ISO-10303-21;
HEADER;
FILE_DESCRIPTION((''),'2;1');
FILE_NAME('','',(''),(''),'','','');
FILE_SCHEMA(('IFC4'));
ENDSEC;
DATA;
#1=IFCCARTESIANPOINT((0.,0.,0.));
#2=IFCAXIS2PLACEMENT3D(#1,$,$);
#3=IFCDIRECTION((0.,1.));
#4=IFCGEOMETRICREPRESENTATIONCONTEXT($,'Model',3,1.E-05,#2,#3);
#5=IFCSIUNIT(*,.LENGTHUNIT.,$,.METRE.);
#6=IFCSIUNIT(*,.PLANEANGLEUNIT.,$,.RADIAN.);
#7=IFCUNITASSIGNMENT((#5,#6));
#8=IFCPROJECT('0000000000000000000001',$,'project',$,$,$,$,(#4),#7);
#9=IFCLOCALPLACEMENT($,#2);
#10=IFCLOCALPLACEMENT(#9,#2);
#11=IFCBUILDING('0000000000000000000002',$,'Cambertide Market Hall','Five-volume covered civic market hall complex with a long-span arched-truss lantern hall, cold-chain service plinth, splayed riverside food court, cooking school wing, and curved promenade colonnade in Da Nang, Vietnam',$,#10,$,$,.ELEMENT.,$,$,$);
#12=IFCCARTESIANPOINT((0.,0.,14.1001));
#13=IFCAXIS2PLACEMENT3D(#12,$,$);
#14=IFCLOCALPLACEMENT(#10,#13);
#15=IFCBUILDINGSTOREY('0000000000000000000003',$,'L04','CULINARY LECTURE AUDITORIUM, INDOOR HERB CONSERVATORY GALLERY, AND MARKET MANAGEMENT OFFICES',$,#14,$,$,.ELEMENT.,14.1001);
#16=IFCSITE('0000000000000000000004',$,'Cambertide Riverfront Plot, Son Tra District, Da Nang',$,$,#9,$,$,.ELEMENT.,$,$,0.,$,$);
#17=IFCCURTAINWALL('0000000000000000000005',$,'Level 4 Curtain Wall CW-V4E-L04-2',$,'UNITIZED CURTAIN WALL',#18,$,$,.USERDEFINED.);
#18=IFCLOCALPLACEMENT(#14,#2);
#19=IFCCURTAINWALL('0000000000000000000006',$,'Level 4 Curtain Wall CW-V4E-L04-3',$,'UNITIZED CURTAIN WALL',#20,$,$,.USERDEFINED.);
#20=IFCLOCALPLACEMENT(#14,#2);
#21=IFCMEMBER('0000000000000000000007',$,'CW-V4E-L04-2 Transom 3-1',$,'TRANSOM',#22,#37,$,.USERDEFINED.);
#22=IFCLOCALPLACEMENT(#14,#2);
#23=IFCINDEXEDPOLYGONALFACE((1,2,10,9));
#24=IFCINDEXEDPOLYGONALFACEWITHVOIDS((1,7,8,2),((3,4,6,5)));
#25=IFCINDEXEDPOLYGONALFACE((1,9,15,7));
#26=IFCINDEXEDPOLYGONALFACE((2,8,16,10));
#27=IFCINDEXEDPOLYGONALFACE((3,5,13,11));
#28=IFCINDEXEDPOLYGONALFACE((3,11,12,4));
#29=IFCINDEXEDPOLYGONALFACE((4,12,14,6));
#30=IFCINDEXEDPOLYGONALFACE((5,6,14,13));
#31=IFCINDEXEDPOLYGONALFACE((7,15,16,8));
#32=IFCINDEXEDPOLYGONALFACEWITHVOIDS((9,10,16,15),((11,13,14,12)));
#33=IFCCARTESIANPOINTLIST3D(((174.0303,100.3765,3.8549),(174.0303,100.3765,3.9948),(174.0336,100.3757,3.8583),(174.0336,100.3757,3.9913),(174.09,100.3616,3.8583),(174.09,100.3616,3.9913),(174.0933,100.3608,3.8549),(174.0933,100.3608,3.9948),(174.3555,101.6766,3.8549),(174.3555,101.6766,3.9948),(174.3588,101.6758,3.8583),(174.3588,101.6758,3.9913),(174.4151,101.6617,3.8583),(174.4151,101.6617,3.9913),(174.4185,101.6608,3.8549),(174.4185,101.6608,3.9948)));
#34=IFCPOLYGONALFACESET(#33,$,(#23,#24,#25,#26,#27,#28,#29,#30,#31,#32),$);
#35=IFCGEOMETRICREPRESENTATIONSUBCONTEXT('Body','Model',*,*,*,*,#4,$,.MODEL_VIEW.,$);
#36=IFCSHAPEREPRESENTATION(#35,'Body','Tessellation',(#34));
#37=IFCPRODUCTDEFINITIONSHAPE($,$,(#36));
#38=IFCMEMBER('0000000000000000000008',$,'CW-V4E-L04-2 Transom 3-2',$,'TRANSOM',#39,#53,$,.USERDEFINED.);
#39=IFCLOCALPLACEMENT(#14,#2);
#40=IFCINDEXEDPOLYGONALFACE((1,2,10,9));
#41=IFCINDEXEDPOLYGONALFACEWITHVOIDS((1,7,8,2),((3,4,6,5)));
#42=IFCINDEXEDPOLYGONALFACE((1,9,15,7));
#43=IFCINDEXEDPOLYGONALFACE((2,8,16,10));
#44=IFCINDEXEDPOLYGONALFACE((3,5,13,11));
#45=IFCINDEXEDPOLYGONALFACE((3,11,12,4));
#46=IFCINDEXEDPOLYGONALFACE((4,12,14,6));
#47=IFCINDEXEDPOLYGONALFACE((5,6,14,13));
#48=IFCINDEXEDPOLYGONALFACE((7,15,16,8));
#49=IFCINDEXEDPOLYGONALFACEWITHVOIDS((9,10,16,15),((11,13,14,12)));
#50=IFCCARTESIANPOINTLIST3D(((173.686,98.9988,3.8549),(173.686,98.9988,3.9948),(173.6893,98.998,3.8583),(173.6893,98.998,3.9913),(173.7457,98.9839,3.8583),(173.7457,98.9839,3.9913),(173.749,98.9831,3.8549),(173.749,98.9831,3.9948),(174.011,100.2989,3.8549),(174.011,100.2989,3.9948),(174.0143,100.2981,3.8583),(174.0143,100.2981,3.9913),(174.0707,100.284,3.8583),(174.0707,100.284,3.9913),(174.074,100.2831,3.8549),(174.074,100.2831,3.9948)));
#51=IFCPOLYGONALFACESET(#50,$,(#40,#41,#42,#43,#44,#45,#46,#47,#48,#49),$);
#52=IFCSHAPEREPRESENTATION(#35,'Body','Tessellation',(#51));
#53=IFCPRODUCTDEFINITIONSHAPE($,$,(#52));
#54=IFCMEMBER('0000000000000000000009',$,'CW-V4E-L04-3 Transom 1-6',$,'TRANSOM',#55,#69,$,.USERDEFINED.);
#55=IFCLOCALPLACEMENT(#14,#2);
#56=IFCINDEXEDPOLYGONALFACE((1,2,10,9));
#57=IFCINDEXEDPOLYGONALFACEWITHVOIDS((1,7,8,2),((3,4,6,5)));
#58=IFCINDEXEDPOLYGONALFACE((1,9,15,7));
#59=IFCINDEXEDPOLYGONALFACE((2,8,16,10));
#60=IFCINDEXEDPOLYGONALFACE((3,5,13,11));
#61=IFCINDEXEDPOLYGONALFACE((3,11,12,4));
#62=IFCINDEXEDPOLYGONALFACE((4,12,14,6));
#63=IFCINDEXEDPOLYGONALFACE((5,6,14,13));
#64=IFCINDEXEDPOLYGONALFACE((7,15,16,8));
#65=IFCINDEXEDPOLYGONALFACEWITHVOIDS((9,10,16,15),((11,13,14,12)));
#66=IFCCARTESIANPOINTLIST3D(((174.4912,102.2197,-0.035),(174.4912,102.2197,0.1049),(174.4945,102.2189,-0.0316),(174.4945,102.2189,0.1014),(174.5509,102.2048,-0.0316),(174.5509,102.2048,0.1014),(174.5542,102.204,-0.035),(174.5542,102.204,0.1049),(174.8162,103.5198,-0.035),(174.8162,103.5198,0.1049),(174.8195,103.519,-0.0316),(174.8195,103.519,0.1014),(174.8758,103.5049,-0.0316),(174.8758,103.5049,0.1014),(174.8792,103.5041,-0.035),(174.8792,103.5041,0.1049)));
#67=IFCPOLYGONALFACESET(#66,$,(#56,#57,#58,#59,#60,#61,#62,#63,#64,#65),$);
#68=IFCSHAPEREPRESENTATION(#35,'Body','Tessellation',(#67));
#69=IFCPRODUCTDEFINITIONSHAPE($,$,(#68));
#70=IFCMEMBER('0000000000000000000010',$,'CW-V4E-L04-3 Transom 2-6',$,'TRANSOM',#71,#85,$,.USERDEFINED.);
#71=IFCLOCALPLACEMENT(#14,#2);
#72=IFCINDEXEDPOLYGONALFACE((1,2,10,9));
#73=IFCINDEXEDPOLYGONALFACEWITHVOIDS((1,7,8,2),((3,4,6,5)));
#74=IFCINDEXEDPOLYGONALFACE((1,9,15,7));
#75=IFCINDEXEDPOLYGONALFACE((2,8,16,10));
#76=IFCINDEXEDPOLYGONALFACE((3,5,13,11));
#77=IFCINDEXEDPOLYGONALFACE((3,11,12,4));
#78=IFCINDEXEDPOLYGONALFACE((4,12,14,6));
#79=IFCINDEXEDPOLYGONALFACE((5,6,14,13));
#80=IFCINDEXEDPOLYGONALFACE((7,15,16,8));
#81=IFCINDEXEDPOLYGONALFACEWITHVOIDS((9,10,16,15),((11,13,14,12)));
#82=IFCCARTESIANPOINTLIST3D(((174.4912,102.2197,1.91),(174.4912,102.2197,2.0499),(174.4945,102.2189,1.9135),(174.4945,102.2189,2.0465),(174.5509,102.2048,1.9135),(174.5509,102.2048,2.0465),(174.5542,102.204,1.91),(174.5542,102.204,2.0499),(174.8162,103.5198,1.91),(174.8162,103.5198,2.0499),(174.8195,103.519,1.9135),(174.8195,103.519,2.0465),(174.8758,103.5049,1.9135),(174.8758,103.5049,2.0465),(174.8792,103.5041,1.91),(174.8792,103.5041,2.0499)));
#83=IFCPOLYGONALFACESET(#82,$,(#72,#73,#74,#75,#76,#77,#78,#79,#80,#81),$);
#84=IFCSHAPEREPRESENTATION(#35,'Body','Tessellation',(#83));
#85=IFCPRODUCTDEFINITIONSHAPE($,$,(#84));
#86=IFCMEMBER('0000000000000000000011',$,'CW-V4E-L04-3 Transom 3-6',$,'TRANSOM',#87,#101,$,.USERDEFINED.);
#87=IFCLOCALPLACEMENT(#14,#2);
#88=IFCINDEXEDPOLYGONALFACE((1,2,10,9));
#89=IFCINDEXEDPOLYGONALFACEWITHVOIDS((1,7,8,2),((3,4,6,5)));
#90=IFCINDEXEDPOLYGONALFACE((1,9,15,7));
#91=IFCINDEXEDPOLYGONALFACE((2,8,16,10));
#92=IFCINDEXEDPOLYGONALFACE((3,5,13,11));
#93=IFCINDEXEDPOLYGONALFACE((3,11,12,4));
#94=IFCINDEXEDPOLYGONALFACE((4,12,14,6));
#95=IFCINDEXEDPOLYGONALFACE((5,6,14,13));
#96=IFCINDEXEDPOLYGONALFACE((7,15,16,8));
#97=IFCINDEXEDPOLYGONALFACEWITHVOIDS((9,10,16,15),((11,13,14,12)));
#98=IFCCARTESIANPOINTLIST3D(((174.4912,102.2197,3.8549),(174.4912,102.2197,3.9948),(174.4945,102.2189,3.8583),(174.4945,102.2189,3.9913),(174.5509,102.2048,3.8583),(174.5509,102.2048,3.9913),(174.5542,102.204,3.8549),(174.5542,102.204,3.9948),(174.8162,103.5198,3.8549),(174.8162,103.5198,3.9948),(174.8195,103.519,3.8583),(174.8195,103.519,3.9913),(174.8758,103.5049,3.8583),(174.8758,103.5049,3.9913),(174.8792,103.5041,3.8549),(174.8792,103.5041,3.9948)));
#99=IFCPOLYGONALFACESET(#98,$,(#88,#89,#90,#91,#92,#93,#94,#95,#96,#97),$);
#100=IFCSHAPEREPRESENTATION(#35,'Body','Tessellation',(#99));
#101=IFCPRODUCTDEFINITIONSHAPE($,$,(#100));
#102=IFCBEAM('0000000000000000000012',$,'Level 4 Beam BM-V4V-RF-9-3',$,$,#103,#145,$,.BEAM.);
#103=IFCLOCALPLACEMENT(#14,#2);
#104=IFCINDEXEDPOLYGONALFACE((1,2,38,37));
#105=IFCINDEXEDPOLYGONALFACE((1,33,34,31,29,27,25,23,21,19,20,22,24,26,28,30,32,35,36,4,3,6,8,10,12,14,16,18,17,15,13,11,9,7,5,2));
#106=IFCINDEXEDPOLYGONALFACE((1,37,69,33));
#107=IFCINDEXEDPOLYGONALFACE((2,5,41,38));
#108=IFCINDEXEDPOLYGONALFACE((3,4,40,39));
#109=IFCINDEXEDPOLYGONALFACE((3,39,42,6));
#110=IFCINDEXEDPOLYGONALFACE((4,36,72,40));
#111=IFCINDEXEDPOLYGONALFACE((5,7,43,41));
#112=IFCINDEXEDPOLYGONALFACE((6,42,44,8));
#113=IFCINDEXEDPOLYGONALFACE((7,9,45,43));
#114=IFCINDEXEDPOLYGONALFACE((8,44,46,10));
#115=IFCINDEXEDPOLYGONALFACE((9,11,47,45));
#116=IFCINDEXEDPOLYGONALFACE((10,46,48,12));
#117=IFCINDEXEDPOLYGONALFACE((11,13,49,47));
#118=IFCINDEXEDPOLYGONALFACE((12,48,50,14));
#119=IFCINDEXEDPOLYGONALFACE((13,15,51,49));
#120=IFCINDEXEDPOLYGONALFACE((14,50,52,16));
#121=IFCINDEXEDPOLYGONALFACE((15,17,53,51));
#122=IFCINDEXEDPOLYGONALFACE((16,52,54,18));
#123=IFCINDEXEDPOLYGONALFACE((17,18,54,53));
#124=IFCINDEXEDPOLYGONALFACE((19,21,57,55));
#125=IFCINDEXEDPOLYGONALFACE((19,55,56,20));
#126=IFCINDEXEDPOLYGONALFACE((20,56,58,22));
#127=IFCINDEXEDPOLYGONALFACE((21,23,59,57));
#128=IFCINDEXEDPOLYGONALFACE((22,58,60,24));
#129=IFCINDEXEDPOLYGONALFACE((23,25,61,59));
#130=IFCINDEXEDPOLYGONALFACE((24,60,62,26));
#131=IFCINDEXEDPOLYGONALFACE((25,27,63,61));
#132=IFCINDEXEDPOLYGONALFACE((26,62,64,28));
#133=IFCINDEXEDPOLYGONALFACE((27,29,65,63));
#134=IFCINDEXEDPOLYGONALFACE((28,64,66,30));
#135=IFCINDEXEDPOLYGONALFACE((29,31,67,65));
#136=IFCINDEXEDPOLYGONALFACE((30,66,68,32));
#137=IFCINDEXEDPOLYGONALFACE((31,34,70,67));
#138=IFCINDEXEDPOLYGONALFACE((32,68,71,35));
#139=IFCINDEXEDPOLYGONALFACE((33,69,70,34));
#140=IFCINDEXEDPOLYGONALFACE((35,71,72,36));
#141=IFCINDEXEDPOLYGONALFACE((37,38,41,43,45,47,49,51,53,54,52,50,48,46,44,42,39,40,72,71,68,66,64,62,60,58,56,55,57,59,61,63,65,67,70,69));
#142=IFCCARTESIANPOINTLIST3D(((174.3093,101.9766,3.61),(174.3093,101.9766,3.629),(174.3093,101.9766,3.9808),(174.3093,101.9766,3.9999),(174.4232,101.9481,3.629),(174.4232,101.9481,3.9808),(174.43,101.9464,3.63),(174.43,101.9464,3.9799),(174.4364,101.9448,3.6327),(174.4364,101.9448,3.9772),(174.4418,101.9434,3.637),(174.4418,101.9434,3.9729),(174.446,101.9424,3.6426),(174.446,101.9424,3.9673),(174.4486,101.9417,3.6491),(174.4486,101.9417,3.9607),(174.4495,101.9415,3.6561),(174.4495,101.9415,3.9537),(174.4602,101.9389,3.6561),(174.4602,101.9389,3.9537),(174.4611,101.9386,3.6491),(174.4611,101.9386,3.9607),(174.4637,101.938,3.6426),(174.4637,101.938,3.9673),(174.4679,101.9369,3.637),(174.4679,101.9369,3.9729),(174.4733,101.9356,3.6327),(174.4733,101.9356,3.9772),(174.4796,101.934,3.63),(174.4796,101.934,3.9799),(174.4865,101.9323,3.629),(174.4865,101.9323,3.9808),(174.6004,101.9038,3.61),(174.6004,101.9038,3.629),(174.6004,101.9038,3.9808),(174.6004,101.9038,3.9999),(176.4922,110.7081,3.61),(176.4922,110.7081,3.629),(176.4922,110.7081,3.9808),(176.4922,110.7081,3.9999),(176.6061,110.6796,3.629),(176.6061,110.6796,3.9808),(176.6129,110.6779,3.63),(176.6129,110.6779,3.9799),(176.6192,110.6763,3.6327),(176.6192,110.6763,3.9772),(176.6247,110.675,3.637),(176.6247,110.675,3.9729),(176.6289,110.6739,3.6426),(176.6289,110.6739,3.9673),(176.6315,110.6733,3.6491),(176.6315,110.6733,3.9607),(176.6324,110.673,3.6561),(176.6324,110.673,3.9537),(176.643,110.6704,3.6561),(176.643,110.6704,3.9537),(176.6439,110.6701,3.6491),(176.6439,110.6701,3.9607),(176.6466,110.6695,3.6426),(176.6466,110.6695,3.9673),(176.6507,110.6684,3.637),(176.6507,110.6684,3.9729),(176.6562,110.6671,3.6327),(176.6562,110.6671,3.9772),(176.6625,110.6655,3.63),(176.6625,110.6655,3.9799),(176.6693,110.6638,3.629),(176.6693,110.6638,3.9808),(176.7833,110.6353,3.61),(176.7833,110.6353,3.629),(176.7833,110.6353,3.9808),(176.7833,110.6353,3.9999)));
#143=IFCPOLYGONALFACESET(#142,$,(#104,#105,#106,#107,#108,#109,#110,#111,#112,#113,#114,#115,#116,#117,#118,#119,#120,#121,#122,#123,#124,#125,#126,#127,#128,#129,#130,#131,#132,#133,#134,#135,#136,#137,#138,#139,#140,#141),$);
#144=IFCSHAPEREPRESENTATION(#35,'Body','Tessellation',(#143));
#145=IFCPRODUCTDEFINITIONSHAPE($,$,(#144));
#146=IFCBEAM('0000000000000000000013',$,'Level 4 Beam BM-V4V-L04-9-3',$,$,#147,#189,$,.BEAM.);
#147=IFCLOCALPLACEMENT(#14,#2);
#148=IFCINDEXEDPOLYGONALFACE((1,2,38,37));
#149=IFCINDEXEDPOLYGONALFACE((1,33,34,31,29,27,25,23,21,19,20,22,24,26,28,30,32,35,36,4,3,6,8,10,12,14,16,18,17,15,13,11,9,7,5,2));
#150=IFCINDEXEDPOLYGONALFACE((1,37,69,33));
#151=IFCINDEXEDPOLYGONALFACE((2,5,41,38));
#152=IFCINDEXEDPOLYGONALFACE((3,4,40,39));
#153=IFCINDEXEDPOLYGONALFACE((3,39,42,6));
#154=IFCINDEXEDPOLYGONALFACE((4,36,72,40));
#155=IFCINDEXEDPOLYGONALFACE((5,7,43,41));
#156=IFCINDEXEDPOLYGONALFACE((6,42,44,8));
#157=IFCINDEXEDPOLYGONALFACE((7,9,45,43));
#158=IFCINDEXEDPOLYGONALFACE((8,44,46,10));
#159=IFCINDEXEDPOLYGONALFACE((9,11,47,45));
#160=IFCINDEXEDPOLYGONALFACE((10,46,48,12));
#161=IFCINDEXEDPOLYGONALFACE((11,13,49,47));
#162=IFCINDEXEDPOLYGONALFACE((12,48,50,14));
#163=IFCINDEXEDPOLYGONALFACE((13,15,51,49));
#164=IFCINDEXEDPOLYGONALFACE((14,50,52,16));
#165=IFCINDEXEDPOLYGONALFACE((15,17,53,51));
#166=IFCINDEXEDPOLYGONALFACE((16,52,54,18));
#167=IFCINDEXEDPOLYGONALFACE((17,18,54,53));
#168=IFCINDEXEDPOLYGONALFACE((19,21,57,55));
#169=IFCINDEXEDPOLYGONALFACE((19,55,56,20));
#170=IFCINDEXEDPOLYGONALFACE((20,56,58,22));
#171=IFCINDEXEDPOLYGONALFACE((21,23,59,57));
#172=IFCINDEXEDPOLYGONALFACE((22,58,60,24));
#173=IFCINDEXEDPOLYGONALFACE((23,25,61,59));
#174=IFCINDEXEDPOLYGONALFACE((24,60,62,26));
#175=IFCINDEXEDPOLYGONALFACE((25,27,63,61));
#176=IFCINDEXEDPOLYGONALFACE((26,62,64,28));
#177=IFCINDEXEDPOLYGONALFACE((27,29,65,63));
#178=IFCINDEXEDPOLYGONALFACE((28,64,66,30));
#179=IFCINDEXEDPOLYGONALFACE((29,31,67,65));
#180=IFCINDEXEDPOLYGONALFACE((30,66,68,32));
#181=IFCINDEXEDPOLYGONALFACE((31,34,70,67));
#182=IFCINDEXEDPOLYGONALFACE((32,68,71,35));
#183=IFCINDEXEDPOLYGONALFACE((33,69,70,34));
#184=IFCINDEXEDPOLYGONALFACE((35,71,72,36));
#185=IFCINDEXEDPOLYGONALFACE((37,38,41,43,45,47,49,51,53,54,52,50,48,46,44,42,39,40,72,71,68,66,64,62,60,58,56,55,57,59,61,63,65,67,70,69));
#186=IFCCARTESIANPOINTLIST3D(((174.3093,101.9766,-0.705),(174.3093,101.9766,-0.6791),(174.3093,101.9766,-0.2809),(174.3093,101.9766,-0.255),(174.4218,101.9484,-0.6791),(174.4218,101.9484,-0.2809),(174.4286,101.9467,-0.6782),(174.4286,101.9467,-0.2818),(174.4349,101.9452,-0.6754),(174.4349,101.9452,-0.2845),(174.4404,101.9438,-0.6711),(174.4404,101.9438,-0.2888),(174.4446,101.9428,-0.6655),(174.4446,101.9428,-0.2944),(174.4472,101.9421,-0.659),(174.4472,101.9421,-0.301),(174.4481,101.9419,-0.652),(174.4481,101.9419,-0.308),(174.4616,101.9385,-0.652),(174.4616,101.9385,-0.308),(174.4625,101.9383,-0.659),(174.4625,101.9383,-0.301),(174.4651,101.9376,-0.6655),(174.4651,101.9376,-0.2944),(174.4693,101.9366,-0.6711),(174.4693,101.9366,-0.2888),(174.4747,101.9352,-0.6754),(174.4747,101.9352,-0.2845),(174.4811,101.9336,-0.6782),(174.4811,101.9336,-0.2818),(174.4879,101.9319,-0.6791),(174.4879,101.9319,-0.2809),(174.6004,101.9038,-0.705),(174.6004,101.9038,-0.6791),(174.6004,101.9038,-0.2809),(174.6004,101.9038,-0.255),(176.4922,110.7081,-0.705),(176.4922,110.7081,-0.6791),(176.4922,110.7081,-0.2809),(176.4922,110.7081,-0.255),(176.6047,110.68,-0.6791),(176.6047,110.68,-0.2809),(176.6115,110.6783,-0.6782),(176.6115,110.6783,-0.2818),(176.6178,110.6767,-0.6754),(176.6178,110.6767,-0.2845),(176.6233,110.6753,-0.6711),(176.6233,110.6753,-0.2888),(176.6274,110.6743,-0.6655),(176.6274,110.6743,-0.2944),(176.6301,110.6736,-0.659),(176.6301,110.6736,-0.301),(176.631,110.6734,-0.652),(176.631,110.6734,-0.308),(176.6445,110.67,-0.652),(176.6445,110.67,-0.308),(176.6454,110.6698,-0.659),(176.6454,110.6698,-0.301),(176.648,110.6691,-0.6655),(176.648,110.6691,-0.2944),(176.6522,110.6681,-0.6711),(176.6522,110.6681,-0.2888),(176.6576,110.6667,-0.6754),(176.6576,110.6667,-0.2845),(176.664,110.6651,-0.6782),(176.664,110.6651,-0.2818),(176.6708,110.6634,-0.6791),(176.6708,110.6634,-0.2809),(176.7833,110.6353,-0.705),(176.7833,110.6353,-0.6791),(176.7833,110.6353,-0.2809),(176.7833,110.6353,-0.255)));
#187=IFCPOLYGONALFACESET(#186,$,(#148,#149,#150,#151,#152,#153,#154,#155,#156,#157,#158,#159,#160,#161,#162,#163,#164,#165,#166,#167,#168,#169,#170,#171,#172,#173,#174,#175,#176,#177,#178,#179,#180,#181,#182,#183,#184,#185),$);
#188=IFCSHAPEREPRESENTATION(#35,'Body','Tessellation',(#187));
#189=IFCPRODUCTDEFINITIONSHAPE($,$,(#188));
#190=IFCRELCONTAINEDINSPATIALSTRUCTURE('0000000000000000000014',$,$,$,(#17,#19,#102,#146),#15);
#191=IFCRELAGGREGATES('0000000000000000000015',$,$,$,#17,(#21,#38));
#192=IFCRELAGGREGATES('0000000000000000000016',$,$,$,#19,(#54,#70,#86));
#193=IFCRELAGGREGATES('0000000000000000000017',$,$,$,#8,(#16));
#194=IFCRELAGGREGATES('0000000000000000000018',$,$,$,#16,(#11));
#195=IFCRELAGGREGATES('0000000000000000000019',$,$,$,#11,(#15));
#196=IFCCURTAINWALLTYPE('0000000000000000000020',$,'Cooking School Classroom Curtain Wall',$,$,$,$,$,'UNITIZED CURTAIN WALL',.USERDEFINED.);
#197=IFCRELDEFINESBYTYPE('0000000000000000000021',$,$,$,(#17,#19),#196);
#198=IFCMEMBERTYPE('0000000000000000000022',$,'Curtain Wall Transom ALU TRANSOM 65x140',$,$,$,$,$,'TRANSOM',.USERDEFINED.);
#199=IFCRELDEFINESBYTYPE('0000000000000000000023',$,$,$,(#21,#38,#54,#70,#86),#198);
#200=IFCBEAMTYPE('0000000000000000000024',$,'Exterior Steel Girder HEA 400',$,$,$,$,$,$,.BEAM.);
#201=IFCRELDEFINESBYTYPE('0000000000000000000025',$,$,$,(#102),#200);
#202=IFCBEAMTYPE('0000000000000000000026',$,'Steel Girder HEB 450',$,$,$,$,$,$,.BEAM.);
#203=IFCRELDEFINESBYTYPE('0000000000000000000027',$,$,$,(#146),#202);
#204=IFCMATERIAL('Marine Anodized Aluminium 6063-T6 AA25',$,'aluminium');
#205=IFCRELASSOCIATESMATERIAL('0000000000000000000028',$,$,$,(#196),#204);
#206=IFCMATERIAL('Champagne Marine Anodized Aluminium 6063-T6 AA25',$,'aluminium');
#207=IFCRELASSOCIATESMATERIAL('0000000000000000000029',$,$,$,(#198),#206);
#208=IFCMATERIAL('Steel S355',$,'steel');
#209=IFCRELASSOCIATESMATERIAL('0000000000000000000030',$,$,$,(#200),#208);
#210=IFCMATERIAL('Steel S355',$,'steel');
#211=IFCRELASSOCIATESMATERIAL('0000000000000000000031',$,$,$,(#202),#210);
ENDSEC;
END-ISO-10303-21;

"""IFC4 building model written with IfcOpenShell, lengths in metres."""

from ifc_helpers import new_model, si_unit, direction, frame, origin, origin_2d, place, context, subcontext, project, spatial, hollow_rectangle, i_section, extrude, material, material_profile, profile_set, type_object, element, aggregate, save


model = new_model("IFC4")

# Units and contexts
model_context = context("Model", 3, precision=1e-05, world=origin(), true_north=direction((0.0, 1.0)))
body_context = subcontext(model_context, "Body", "Model", "MODEL_VIEW")
ifc_project = project(units=[si_unit("LENGTHUNIT", "METRE"), si_unit("PLANEANGLEUNIT", "RADIAN")], contexts=[model_context])

# Site, building, storey
site_placement = place(None, origin())
site = spatial("IfcSite", under=ifc_project, at=site_placement, Name="Cambertide Riverfront Plot, Son Tra District, Da Nang", CompositionType="ELEMENT", RefElevation=0.0)
building_placement = place(site_placement, origin())
building = spatial("IfcBuilding", under=site, at=building_placement, Name="Cambertide Market Hall", Description="Five-volume covered civic market hall complex with a long-span arched-truss lantern hall, cold-chain service plinth, splayed riverside food court, cooking school wing, and curved promenade colonnade in Da Nang, Vietnam", CompositionType="ELEMENT")
storey_placement = place(building_placement, frame((0.0, 0.0, 14.1001)))
storey = spatial("IfcBuildingStorey", under=building, at=storey_placement, Name="L04", Description="CULINARY LECTURE AUDITORIUM, INDOOR HERB CONSERVATORY GALLERY, AND MARKET MANAGEMENT OFFICES", CompositionType="ELEMENT", Elevation=14.1001)

# Curtain walls
ifc_material_1 = material(Name="Marine Anodized Aluminium 6063-T6 AA25", Category="aluminium")
curtain_wall_type = type_object("IfcCurtainWallType", Name="Cooking School Classroom Curtain Wall", ElementType="UNITIZED CURTAIN WALL", PredefinedType="USERDEFINED", material=ifc_material_1)
curtain_wall_1_placement = place(storey_placement, origin())
curtain_wall_1 = element("IfcCurtainWall", 1, at=curtain_wall_1_placement, inside=storey, type_object=curtain_wall_type, Name="Level 4 Curtain Wall CW-V4E-L04-2", ObjectType="UNITIZED CURTAIN WALL", PredefinedType="USERDEFINED")
curtain_wall_2_placement = place(storey_placement, origin())
curtain_wall_2 = element("IfcCurtainWall", 2, at=curtain_wall_2_placement, inside=storey, type_object=curtain_wall_type, Name="Level 4 Curtain Wall CW-V4E-L04-3", ObjectType="UNITIZED CURTAIN WALL", PredefinedType="USERDEFINED")

# Members
ifc_material_2 = material(Name="Champagne Marine Anodized Aluminium 6063-T6 AA25", Category="aluminium")
ifc_material_profile_1 = material_profile(ifc_material_2, hollow_rectangle(XDim=0.0649, YDim=0.1399, WallThickness=0.0034, at=origin_2d()), Name="ALU TRANSOM 65x140")
ifc_profile_set_1 = profile_set([ifc_material_profile_1], Name="Champagne Marine Anodized Aluminium 6063-T6 AA25")
member_type_1 = type_object("IfcMemberType", Name="Curtain Wall Transom ALU TRANSOM 65x140", ElementType="TRANSOM", PredefinedType="USERDEFINED", material=ifc_profile_set_1)
member_1_placement = place(storey_placement, frame((174.387, 101.6687, 3.9248), z_axis=(-0.242664, -0.97011, 0.0), x_axis=(0.97011, -0.242664, 0.0)))
member_1 = element("IfcMember", 3, at=member_1_placement, type_object=member_type_1, Name="CW-V4E-L04-2 Transom 3-1", ObjectType="TRANSOM", PredefinedType="USERDEFINED", context=body_context, shape_type="SweptSolid", body=[
    extrude(hollow_rectangle(XDim=0.0649, YDim=0.1399, WallThickness=0.0034, at=origin_2d()), origin(), (0.0, 0.0, 1.0), 1.3401),
])
member_2_placement = place(storey_placement, frame((174.0425, 100.291, 3.9248), z_axis=(-0.242493, -0.970153, 0.0), x_axis=(0.970153, -0.242493, 0.0)))
member_2 = element("IfcMember", 4, at=member_2_placement, type_object=member_type_1, Name="CW-V4E-L04-2 Transom 3-2", ObjectType="TRANSOM", PredefinedType="USERDEFINED", context=body_context, shape_type="SweptSolid", body=[
    extrude(hollow_rectangle(XDim=0.0649, YDim=0.1399, WallThickness=0.0034, at=origin_2d()), origin(), (0.0, 0.0, 1.0), 1.3401),
])
member_3_placement = place(storey_placement, frame((174.8477, 103.512, 0.0349), z_axis=(-0.242493, -0.970153, 0.0), x_axis=(0.970153, -0.242493, 0.0)))
member_3 = element("IfcMember", 5, at=member_3_placement, type_object=member_type_1, Name="CW-V4E-L04-3 Transom 1-6", ObjectType="TRANSOM", PredefinedType="USERDEFINED", context=body_context, shape_type="SweptSolid", body=[
    extrude(hollow_rectangle(XDim=0.0649, YDim=0.1399, WallThickness=0.0034, at=origin_2d()), origin(), (0.0, 0.0, 1.0), 1.3401),
])
member_4_placement = place(storey_placement, frame((174.8477, 103.512, 1.98), z_axis=(-0.242493, -0.970153, 0.0), x_axis=(0.970153, -0.242493, 0.0)))
member_4 = element("IfcMember", 6, at=member_4_placement, type_object=member_type_1, Name="CW-V4E-L04-3 Transom 2-6", ObjectType="TRANSOM", PredefinedType="USERDEFINED", context=body_context, shape_type="SweptSolid", body=[
    extrude(hollow_rectangle(XDim=0.0649, YDim=0.1399, WallThickness=0.0034, at=origin_2d()), origin(), (0.0, 0.0, 1.0), 1.3401),
])
member_5_placement = place(storey_placement, frame((174.8477, 103.512, 3.9248), z_axis=(-0.242493, -0.970153, 0.0), x_axis=(0.970153, -0.242493, 0.0)))
member_5 = element("IfcMember", 7, at=member_5_placement, type_object=member_type_1, Name="CW-V4E-L04-3 Transom 3-6", ObjectType="TRANSOM", PredefinedType="USERDEFINED", context=body_context, shape_type="SweptSolid", body=[
    extrude(hollow_rectangle(XDim=0.0649, YDim=0.1399, WallThickness=0.0034, at=origin_2d()), origin(), (0.0, 0.0, 1.0), 1.3401),
])

# Beams
ifc_material_3 = material(Name="Steel S355", Category="steel")
ifc_material_profile_2 = material_profile(ifc_material_3, i_section(OverallWidth=0.3, OverallDepth=0.3899, WebThickness=0.011, FlangeThickness=0.019, FilletRadius=0.0271, at=origin_2d()), Name="HEA 400")
ifc_profile_set_2 = profile_set([ifc_material_profile_2], Name="Steel S355")
beam_type_1 = type_object("IfcBeamType", Name="Exterior Steel Girder HEA 400", PredefinedType="BEAM", material=ifc_profile_set_2)
beam_1_placement = place(storey_placement, frame((174.4548, 101.9402, 3.8049), z_axis=(0.242536, 0.970143, 0.0), x_axis=(-0.970143, 0.242536, 0.0)))
element("IfcBeam", 8, at=beam_1_placement, inside=storey, type_object=beam_type_1, Name="Level 4 Beam BM-V4V-RF-9-3", PredefinedType="BEAM", context=body_context, shape_type="SweptSolid", body=[
    extrude(i_section(OverallWidth=0.3, OverallDepth=0.3899, WebThickness=0.011, FlangeThickness=0.019, FilletRadius=0.0271, at=origin_2d()), origin(), (0.0, 0.0, 1.0), 9.0002),
])
ifc_material_4 = material(Name="Steel S355", Category="steel")
ifc_material_profile_3 = material_profile(ifc_material_4, i_section(OverallWidth=0.3, OverallDepth=0.45, WebThickness=0.0139, FlangeThickness=0.0259, FilletRadius=0.0271, at=origin_2d()), Name="HEB 450")
ifc_profile_set_3 = profile_set([ifc_material_profile_3], Name="Steel S355")
beam_type_2 = type_object("IfcBeamType", Name="Steel Girder HEB 450", PredefinedType="BEAM", material=ifc_profile_set_3)
beam_2_placement = place(storey_placement, frame((174.4548, 101.9402, -0.48), z_axis=(0.242536, 0.970143, 0.0), x_axis=(-0.970143, 0.242536, 0.0)))
element("IfcBeam", 9, at=beam_2_placement, inside=storey, type_object=beam_type_2, Name="Level 4 Beam BM-V4V-L04-9-3", PredefinedType="BEAM", context=body_context, shape_type="SweptSolid", body=[
    extrude(i_section(OverallWidth=0.3, OverallDepth=0.45, WebThickness=0.0139, FlangeThickness=0.0259, FilletRadius=0.0271, at=origin_2d()), origin(), (0.0, 0.0, 1.0), 9.0002),
])

aggregate(curtain_wall_1, [member_1, member_2])
aggregate(curtain_wall_2, [member_3, member_4, member_5])

save(model, "model.ifc")
